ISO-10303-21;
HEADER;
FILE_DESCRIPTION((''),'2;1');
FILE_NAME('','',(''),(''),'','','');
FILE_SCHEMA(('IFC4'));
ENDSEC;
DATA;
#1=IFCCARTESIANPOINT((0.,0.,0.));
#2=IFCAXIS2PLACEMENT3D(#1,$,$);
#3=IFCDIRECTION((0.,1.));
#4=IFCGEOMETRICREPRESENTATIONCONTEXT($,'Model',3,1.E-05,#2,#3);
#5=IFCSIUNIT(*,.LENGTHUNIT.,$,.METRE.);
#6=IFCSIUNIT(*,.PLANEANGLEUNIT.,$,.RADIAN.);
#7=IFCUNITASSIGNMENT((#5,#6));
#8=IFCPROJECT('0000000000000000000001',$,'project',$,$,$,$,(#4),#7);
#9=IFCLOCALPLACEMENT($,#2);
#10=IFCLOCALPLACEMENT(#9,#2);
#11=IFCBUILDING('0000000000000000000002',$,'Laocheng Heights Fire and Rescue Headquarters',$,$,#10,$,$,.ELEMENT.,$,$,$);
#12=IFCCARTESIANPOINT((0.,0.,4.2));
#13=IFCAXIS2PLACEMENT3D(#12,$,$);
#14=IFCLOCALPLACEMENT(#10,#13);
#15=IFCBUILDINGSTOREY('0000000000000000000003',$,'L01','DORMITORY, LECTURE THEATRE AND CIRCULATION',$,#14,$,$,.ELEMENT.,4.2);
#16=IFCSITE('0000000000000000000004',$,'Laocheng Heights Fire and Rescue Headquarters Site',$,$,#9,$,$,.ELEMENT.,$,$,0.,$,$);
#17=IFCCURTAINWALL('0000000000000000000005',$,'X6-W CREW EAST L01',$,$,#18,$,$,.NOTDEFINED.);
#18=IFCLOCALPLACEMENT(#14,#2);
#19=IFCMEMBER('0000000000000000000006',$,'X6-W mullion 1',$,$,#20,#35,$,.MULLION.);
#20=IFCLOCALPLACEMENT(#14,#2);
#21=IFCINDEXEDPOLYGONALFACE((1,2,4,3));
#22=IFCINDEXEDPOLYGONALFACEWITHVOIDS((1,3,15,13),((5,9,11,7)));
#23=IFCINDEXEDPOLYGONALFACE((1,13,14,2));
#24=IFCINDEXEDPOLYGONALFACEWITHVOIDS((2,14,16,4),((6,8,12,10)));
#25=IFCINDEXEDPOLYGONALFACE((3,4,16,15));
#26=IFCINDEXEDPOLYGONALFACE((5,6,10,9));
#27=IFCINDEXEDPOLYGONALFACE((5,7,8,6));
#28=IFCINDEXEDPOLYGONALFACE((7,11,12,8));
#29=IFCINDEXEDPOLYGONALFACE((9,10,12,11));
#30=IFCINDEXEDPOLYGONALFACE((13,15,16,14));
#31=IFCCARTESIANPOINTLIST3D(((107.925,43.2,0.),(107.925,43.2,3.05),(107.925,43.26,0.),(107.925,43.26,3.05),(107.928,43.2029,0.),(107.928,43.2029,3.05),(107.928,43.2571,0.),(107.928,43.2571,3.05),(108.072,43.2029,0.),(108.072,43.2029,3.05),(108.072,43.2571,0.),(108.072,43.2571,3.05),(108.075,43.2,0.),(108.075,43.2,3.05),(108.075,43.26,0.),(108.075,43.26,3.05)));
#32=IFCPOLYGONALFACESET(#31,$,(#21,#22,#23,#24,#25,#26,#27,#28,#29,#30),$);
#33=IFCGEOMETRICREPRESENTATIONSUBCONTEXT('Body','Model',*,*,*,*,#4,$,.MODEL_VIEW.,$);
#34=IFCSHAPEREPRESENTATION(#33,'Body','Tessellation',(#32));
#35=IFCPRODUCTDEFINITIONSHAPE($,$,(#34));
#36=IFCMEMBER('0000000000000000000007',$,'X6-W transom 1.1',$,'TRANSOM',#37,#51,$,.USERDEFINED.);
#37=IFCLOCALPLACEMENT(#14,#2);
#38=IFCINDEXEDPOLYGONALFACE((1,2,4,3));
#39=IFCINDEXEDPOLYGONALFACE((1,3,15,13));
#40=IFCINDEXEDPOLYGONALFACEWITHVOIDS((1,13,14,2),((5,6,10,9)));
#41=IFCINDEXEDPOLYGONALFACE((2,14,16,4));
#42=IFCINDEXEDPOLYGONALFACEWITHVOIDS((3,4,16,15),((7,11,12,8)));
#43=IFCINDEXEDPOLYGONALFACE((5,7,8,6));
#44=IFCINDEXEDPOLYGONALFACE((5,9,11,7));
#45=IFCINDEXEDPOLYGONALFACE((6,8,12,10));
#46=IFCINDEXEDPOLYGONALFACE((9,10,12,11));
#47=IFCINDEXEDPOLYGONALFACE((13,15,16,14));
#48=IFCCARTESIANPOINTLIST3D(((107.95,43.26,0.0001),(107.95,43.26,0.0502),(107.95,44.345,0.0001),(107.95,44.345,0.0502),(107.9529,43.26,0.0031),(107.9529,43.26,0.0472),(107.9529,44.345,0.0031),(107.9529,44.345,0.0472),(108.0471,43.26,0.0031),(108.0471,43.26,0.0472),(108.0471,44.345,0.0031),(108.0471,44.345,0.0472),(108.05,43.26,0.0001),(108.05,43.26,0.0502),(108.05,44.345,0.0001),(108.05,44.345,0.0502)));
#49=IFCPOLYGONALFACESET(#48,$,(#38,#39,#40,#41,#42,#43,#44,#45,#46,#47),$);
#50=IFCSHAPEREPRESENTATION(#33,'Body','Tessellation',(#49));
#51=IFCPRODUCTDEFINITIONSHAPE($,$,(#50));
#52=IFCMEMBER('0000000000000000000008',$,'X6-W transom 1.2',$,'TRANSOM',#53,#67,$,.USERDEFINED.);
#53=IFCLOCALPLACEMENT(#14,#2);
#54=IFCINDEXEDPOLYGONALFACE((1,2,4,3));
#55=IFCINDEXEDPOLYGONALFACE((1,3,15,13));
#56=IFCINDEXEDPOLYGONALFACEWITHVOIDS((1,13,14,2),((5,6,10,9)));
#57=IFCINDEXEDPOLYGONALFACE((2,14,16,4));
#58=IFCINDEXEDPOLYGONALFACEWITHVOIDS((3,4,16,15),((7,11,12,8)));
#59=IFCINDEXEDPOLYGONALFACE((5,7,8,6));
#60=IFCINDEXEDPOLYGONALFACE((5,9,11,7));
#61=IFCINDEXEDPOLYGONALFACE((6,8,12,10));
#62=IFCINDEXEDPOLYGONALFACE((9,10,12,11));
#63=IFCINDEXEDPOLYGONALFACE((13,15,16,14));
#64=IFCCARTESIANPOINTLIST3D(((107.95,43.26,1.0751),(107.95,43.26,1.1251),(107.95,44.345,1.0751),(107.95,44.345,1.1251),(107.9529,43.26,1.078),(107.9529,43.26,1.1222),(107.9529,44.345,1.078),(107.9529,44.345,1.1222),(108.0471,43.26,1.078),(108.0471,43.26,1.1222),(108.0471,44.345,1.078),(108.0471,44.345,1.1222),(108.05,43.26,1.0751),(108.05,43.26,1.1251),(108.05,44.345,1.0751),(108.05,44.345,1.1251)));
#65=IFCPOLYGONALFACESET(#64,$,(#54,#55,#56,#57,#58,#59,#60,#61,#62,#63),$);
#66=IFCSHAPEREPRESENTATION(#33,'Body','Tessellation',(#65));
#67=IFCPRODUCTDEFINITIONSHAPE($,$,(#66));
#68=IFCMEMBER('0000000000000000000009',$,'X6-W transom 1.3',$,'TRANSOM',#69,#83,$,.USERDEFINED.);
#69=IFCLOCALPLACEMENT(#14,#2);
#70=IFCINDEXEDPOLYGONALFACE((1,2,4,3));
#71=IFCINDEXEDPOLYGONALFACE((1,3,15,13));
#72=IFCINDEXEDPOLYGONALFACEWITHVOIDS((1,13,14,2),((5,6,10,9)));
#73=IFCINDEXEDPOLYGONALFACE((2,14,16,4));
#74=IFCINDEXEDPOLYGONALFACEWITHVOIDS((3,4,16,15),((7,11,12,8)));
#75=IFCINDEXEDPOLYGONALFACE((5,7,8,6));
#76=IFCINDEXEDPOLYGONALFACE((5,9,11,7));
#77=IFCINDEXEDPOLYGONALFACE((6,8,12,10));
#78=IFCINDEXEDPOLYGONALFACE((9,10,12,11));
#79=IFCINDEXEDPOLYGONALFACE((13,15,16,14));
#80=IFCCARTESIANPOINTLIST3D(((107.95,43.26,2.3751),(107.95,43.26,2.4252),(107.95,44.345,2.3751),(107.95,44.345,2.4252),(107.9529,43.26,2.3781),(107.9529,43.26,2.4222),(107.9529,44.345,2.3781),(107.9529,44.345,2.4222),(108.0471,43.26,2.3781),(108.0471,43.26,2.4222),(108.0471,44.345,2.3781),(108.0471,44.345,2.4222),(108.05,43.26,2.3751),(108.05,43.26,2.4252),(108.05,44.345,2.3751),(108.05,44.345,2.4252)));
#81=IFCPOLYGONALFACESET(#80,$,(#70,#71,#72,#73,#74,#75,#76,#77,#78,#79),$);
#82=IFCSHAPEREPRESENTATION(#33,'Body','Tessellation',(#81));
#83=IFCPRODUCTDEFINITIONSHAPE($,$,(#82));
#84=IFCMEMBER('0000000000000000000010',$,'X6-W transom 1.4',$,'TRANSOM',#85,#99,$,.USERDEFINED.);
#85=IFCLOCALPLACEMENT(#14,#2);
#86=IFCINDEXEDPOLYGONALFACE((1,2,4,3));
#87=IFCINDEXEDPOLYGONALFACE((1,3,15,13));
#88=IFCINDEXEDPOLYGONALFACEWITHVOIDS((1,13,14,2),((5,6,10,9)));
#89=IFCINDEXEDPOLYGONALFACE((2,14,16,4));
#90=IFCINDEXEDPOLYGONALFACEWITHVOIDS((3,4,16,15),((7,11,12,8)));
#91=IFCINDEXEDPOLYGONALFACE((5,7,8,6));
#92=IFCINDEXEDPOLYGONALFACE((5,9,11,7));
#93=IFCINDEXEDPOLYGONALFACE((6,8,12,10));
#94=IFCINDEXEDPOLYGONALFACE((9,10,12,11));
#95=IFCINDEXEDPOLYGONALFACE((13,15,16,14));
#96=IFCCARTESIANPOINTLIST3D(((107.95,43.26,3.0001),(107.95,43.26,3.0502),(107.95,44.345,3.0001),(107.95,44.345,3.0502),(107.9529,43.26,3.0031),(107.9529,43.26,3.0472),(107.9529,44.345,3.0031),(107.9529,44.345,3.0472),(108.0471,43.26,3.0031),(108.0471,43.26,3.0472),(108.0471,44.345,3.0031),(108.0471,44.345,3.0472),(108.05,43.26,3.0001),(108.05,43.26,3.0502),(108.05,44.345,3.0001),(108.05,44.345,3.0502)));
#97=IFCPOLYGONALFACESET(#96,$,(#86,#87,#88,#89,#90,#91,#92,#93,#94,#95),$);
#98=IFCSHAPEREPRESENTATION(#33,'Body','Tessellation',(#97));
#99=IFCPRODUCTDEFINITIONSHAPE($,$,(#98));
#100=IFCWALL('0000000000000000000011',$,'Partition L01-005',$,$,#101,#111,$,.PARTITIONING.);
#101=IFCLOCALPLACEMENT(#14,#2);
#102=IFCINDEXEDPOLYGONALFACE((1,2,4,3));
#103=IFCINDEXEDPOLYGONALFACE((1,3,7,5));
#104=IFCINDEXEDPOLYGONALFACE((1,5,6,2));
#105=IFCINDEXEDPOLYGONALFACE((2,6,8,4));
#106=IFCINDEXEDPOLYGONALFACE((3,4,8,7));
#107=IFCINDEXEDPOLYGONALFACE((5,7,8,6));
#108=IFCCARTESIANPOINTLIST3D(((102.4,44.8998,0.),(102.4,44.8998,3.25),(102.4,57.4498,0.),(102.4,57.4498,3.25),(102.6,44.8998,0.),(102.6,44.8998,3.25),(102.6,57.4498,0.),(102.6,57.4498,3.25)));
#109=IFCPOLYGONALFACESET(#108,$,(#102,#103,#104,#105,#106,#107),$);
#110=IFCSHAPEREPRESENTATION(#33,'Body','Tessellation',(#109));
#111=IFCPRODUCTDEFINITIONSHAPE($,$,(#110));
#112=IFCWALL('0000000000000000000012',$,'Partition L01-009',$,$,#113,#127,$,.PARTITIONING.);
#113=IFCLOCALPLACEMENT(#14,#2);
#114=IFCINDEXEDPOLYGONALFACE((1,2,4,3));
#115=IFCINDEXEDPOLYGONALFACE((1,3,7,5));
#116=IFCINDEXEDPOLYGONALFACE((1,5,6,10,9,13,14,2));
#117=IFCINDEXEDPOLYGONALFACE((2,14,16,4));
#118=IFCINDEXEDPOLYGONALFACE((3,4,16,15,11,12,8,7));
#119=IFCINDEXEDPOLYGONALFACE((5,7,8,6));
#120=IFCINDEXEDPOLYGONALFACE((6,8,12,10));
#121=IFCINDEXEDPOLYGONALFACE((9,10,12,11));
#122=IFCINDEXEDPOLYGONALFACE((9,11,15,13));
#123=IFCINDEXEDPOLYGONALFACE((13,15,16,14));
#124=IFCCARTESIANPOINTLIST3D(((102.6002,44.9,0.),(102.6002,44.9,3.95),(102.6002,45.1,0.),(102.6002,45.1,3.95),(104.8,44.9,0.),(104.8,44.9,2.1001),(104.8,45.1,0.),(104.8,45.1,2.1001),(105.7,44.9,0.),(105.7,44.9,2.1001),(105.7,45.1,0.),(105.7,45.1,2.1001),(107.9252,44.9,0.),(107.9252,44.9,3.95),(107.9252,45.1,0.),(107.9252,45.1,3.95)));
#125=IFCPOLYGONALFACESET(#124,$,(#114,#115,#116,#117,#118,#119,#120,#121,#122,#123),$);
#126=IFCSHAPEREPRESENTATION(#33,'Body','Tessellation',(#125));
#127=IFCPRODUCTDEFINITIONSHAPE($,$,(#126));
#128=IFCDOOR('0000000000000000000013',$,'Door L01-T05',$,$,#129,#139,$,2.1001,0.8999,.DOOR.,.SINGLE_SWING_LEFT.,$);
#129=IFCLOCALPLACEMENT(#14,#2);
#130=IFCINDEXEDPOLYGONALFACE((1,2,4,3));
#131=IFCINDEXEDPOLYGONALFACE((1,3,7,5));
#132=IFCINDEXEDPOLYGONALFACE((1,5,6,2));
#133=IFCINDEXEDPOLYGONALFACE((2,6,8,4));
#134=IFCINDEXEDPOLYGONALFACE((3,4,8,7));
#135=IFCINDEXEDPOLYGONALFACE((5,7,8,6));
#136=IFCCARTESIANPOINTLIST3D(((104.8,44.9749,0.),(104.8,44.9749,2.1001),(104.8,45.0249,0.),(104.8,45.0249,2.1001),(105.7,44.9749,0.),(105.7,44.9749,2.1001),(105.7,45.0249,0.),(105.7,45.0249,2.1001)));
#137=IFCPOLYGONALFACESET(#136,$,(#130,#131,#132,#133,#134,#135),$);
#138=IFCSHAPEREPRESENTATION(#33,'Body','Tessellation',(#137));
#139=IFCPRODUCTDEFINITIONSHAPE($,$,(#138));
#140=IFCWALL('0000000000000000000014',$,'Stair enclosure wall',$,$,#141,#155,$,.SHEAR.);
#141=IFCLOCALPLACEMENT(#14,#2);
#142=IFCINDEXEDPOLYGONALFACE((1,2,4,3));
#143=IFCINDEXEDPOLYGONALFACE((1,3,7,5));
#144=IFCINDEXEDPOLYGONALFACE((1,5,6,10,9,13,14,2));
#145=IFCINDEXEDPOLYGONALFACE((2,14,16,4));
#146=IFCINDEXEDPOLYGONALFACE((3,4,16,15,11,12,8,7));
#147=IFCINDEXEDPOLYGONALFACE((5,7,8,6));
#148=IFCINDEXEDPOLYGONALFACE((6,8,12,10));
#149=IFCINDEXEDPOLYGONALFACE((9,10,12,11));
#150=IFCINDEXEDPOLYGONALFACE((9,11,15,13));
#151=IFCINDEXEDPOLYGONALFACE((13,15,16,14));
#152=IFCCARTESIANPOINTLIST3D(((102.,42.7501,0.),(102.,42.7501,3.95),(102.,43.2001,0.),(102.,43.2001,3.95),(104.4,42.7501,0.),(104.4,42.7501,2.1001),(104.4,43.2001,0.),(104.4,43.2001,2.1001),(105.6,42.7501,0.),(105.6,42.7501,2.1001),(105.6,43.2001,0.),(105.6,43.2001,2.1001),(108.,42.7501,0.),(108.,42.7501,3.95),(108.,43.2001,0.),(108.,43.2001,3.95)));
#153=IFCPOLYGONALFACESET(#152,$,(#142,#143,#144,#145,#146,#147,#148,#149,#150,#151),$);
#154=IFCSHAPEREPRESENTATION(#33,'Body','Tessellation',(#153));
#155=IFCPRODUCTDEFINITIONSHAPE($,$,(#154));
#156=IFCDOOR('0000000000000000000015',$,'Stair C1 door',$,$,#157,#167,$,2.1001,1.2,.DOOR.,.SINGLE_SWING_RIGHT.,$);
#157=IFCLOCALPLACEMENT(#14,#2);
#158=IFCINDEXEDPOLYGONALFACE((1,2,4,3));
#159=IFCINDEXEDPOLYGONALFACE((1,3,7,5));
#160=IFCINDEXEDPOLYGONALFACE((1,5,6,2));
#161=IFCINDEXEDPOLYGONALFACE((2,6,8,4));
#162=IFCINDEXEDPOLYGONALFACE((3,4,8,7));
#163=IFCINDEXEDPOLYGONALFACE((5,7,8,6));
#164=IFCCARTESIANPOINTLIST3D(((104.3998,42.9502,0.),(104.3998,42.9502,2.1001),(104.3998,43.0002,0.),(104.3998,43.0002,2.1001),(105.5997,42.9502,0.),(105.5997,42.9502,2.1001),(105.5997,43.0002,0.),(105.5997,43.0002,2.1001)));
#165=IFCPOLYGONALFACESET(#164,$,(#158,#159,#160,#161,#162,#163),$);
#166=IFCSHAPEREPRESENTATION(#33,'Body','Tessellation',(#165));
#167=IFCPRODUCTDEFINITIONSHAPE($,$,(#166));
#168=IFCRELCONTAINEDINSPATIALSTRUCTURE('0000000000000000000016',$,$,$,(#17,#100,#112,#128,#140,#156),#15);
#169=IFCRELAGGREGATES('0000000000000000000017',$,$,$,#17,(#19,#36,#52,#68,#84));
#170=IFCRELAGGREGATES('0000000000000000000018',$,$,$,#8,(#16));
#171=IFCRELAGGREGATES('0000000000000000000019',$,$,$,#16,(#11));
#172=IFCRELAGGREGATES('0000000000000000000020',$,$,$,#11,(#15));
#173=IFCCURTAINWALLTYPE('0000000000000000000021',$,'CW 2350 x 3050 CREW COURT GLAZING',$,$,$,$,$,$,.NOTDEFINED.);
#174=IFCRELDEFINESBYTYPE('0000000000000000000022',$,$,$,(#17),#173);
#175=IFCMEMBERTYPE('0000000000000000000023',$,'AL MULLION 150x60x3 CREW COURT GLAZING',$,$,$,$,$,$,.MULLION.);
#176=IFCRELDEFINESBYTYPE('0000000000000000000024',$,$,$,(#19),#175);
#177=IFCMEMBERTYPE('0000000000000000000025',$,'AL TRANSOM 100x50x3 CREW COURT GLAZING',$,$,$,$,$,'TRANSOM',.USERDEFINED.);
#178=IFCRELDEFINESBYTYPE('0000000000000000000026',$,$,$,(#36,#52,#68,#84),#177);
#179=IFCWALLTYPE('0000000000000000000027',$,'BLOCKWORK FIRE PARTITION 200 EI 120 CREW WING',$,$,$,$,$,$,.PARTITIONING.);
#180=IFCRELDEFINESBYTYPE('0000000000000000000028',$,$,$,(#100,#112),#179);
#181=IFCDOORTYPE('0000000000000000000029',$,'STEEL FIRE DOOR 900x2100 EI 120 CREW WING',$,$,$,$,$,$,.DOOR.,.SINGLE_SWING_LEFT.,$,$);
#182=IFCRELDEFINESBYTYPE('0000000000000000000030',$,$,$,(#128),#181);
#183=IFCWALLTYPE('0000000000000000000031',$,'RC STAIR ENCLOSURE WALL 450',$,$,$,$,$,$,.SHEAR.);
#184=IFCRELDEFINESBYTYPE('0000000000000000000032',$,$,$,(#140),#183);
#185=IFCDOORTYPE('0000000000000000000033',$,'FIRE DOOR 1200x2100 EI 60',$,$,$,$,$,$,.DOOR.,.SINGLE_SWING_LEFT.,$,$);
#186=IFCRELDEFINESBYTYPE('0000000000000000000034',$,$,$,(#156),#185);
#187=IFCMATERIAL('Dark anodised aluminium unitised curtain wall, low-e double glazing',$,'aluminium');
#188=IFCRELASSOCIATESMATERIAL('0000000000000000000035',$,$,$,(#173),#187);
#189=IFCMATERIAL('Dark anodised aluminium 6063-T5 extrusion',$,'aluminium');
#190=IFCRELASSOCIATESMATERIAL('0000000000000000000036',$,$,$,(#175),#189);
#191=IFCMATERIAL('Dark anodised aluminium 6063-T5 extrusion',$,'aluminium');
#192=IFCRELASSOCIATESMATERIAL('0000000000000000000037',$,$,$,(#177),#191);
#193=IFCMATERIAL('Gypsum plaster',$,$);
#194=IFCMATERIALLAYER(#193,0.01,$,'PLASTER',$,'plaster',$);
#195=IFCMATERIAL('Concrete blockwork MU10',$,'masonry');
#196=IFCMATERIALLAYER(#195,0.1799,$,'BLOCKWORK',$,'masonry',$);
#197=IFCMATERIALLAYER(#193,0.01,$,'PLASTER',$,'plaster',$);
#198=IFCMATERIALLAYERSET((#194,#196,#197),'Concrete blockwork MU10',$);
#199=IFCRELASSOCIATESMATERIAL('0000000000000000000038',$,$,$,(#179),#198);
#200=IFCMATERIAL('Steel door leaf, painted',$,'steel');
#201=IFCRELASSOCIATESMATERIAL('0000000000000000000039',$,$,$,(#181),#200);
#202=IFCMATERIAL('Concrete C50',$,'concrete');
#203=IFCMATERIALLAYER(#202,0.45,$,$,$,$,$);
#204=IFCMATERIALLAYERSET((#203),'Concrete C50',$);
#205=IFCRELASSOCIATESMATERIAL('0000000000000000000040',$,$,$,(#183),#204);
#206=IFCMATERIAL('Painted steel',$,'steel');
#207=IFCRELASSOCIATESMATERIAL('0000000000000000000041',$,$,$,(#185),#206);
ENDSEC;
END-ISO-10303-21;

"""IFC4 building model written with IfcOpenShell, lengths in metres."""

from ifc_helpers import new_model, si_unit, direction, frame, frame_2d, origin, origin_2d, place, context, subcontext, project, spatial, rectangle, hollow_rectangle, extrude, material, layer, layer_set, material_profile, profile_set, type_object, element, fill, aggregate, save


model = new_model("IFC4")

# Units and contexts
model_context = context("Model", 3, precision=1e-05, world=origin(), true_north=direction((0.0, 1.0)))
body_context = subcontext(model_context, "Body", "Model", "MODEL_VIEW")
ifc_project = project(units=[si_unit("LENGTHUNIT", "METRE"), si_unit("PLANEANGLEUNIT", "RADIAN")], contexts=[model_context])

# Site, building, storey
site_placement = place(None, origin())
site = spatial("IfcSite", under=ifc_project, at=site_placement, Name="Laocheng Heights Fire and Rescue Headquarters Site", CompositionType="ELEMENT", RefElevation=0.0)
building_placement = place(site_placement, origin())
building = spatial("IfcBuilding", under=site, at=building_placement, Name="Laocheng Heights Fire and Rescue Headquarters", CompositionType="ELEMENT")
storey_placement = place(building_placement, frame((0.0, 0.0, 4.2)))
storey = spatial("IfcBuildingStorey", under=building, at=storey_placement, Name="L01", Description="DORMITORY, LECTURE THEATRE AND CIRCULATION", CompositionType="ELEMENT", Elevation=4.2)

# Curtain wall, members
ifc_material_1 = material(Name="Dark anodised aluminium unitised curtain wall, low-e double glazing", Category="aluminium")
curtain_wall_type = type_object("IfcCurtainWallType", Name="CW 2350 x 3050 CREW COURT GLAZING", PredefinedType="NOTDEFINED", material=ifc_material_1)
curtain_wall_placement = place(storey_placement, origin())
curtain_wall = element("IfcCurtainWall", 1, at=curtain_wall_placement, inside=storey, type_object=curtain_wall_type, Name="X6-W CREW EAST L01", PredefinedType="NOTDEFINED")
ifc_material_2 = material(Name="Dark anodised aluminium 6063-T5 extrusion", Category="aluminium")
ifc_material_profile_1 = material_profile(ifc_material_2, hollow_rectangle(XDim=0.1499, YDim=0.0601, WallThickness=0.0029, at=origin_2d()), Name="AL MULLION 150x60x3 CREW COURT GLAZING")
ifc_profile_set_1 = profile_set([ifc_material_profile_1], Name="Dark anodised aluminium 6063-T5 extrusion")
member_type_1 = type_object("IfcMemberType", Name="AL MULLION 150x60x3 CREW COURT GLAZING", PredefinedType="MULLION", material=ifc_profile_set_1)
member_1_placement = place(storey_placement, frame((108.0, 43.23, 0.0), z_axis=(0.0, 0.0, 1.0), x_axis=(-1.0, 0.0, 0.0)))
member_1 = element("IfcMember", 2, at=member_1_placement, type_object=member_type_1, Name="X6-W mullion 1", PredefinedType="MULLION", context=body_context, shape_type="SweptSolid", body=[
    extrude(hollow_rectangle(XDim=0.1499, YDim=0.0601, WallThickness=0.0029, at=origin_2d()), origin(), (0.0, 0.0, 1.0), 3.05),
])
ifc_material_3 = material(Name="Dark anodised aluminium 6063-T5 extrusion", Category="aluminium")
ifc_material_profile_2 = material_profile(ifc_material_3, hollow_rectangle(XDim=0.1001, YDim=0.05, WallThickness=0.0029, at=origin_2d()), Name="AL TRANSOM 100x50x3 CREW COURT GLAZING")
ifc_profile_set_2 = profile_set([ifc_material_profile_2], Name="Dark anodised aluminium 6063-T5 extrusion")
member_type_2 = type_object("IfcMemberType", Name="AL TRANSOM 100x50x3 CREW COURT GLAZING", ElementType="TRANSOM", PredefinedType="USERDEFINED", material=ifc_profile_set_2)
member_2_placement = place(storey_placement, frame((108.0, 43.26, 0.0251), z_axis=(0.0, 1.0, 0.0), x_axis=(-1.0, 0.0, 0.0)))
member_2 = element("IfcMember", 3, at=member_2_placement, type_object=member_type_2, Name="X6-W transom 1.1", ObjectType="TRANSOM", PredefinedType="USERDEFINED", context=body_context, shape_type="SweptSolid", body=[
    extrude(hollow_rectangle(XDim=0.1001, YDim=0.05, WallThickness=0.0029, at=origin_2d()), origin(), (0.0, 0.0, 1.0), 1.085),
])
member_3_placement = place(storey_placement, frame((108.0, 43.26, 1.1001), z_axis=(0.0, 1.0, 0.0), x_axis=(-1.0, 0.0, 0.0)))
member_3 = element("IfcMember", 4, at=member_3_placement, type_object=member_type_2, Name="X6-W transom 1.2", ObjectType="TRANSOM", PredefinedType="USERDEFINED", context=body_context, shape_type="SweptSolid", body=[
    extrude(hollow_rectangle(XDim=0.1001, YDim=0.05, WallThickness=0.0029, at=origin_2d()), origin(), (0.0, 0.0, 1.0), 1.085),
])
member_4_placement = place(storey_placement, frame((108.0, 43.26, 2.4001), z_axis=(0.0, 1.0, 0.0), x_axis=(-1.0, 0.0, 0.0)))
member_4 = element("IfcMember", 5, at=member_4_placement, type_object=member_type_2, Name="X6-W transom 1.3", ObjectType="TRANSOM", PredefinedType="USERDEFINED", context=body_context, shape_type="SweptSolid", body=[
    extrude(hollow_rectangle(XDim=0.1001, YDim=0.05, WallThickness=0.0029, at=origin_2d()), origin(), (0.0, 0.0, 1.0), 1.085),
])
member_5_placement = place(storey_placement, frame((108.0, 43.26, 3.0251), z_axis=(0.0, 1.0, 0.0), x_axis=(-1.0, 0.0, 0.0)))
member_5 = element("IfcMember", 6, at=member_5_placement, type_object=member_type_2, Name="X6-W transom 1.4", ObjectType="TRANSOM", PredefinedType="USERDEFINED", context=body_context, shape_type="SweptSolid", body=[
    extrude(hollow_rectangle(XDim=0.1001, YDim=0.05, WallThickness=0.0029, at=origin_2d()), origin(), (0.0, 0.0, 1.0), 1.085),
])
aggregate(curtain_wall, [member_1, member_2, member_3, member_4, member_5])

# Wall
ifc_material_4 = material(Name="Gypsum plaster")
ifc_layer_1 = layer(ifc_material_4, 0.01, Name="PLASTER", Category="plaster")
ifc_material_5 = material(Name="Concrete blockwork MU10", Category="masonry")
ifc_layer_2 = layer(ifc_material_5, 0.1799, Name="BLOCKWORK", Category="masonry")
ifc_layer_3 = layer(ifc_material_4, 0.01, Name="PLASTER", Category="plaster")
ifc_layer_set_1 = layer_set([ifc_layer_1, ifc_layer_2, ifc_layer_3], Name="Concrete blockwork MU10")
wall_type_1 = type_object("IfcWallType", Name="BLOCKWORK FIRE PARTITION 200 EI 120 CREW WING", PredefinedType="PARTITIONING", material=ifc_layer_set_1)
wall_1_placement = place(storey_placement, frame((102.5, 44.8999, 0.0), z_axis=(0.0, 0.0, 1.0), x_axis=(0.0, 1.0, 0.0)))
element("IfcWall", 7, at=wall_1_placement, inside=storey, type_object=wall_type_1, Name="Partition L01-005", PredefinedType="PARTITIONING", context=body_context, shape_type="SweptSolid", body=[
    extrude(rectangle(XDim=12.55, YDim=0.2, at=frame_2d((6.2749, 0.0))), origin(), (0.0, 0.0, 1.0), 3.25),
])

# Walls, openings, doors
wall_2_placement = place(storey_placement, frame((102.6001, 45.0, 0.0), z_axis=(0.0, 0.0, 1.0), x_axis=(1.0, 0.0, 0.0)))
wall_2 = element("IfcWall", 8, at=wall_2_placement, inside=storey, type_object=wall_type_1, Name="Partition L01-009", PredefinedType="PARTITIONING", context=body_context, shape_type="SweptSolid", body=[
    extrude(rectangle(XDim=5.325, YDim=0.2, at=frame_2d((2.6626, 0.0))), origin(), (0.0, 0.0, 1.0), 3.95),
])
opening_1_placement = place(wall_2_placement, frame((2.2, 0.0, 0.0)))
opening_1 = element("IfcOpeningElement", 9, at=opening_1_placement, cuts=wall_2, PredefinedType="OPENING", context=body_context, shape_type="SweptSolid", body=[
    extrude(rectangle(XDim=0.8999, YDim=2.1001, at=frame_2d((0.45, 1.05))), frame((0.0, 0.1099, 0.0), z_axis=(0.0, -1.0, 0.0), x_axis=(1.0, 0.0, 0.0)), (0.0, 0.0, 1.0), 0.22),
])
ifc_material_6 = material(Name="Steel door leaf, painted", Category="steel")
door_type_1 = type_object("IfcDoorType", Name="STEEL FIRE DOOR 900x2100 EI 120 CREW WING", OperationType="SINGLE_SWING_LEFT", PredefinedType="DOOR", material=ifc_material_6)
door_1_placement = place(opening_1_placement, origin())
door_1 = element("IfcDoor", 10, at=door_1_placement, inside=storey, type_object=door_type_1, Name="Door L01-T05", OperationType="SINGLE_SWING_LEFT", OverallHeight=2.1001, OverallWidth=0.8999, PredefinedType="DOOR", context=body_context, shape_type="SweptSolid", body=[
    extrude(rectangle(XDim=0.8999, YDim=2.1001, at=frame_2d((0.45, 1.05))), frame((0.0, 0.0249, 0.0), z_axis=(0.0, -1.0, 0.0), x_axis=(1.0, 0.0, 0.0)), (0.0, 0.0, 1.0), 0.05),
])
fill(opening_1, door_1)
ifc_material_7 = material(Name="Concrete C50", Category="concrete")
ifc_layer_4 = layer(ifc_material_7, 0.45)
ifc_layer_set_2 = layer_set([ifc_layer_4], Name="Concrete C50")
wall_type_2 = type_object("IfcWallType", Name="RC STAIR ENCLOSURE WALL 450", PredefinedType="SHEAR", material=ifc_layer_set_2)
wall_3_placement = place(storey_placement, frame((102.0, 42.9751, 0.0), z_axis=(0.0, 0.0, 1.0), x_axis=(1.0, 0.0, 0.0)))
wall_3 = element("IfcWall", 11, at=wall_3_placement, inside=storey, type_object=wall_type_2, Name="Stair enclosure wall", PredefinedType="SHEAR", context=body_context, shape_type="SweptSolid", body=[
    extrude(rectangle(XDim=6.0, YDim=0.45, at=frame_2d((3.0, 0.0))), origin(), (0.0, 0.0, 1.0), 3.95),
])
opening_2_placement = place(wall_3_placement, frame((2.3999, 0.0, 0.0)))
opening_2 = element("IfcOpeningElement", 12, at=opening_2_placement, cuts=wall_3, PredefinedType="OPENING", context=body_context, shape_type="SweptSolid", body=[
    extrude(rectangle(XDim=1.2, YDim=2.1001, at=frame_2d((0.6001, 1.05))), frame((0.0, 0.2349, 0.0), z_axis=(0.0, -1.0, 0.0), x_axis=(1.0, 0.0, 0.0)), (0.0, 0.0, 1.0), 0.47),
])
ifc_material_8 = material(Name="Painted steel", Category="steel")
door_type_2 = type_object("IfcDoorType", Name="FIRE DOOR 1200x2100 EI 60", OperationType="SINGLE_SWING_LEFT", PredefinedType="DOOR", material=ifc_material_8)
door_2_placement = place(opening_2_placement, frame((1.2, 0.0, 0.0), z_axis=(0.0, 0.0, 1.0), x_axis=(-1.0, 0.0, 0.0)))
door_2 = element("IfcDoor", 13, at=door_2_placement, inside=storey, type_object=door_type_2, Name="Stair C1 door", OperationType="SINGLE_SWING_RIGHT", OverallHeight=2.1001, OverallWidth=1.2, PredefinedType="DOOR", context=body_context, shape_type="SweptSolid", body=[
    extrude(rectangle(XDim=1.2, YDim=2.1001, at=frame_2d((0.6001, 1.05))), frame((0.0, 0.0249, 0.0), z_axis=(0.0, -1.0, 0.0), x_axis=(1.0, 0.0, 0.0)), (0.0, 0.0, 1.0), 0.05),
])
fill(opening_2, door_2)

save(model, "model.ifc")
